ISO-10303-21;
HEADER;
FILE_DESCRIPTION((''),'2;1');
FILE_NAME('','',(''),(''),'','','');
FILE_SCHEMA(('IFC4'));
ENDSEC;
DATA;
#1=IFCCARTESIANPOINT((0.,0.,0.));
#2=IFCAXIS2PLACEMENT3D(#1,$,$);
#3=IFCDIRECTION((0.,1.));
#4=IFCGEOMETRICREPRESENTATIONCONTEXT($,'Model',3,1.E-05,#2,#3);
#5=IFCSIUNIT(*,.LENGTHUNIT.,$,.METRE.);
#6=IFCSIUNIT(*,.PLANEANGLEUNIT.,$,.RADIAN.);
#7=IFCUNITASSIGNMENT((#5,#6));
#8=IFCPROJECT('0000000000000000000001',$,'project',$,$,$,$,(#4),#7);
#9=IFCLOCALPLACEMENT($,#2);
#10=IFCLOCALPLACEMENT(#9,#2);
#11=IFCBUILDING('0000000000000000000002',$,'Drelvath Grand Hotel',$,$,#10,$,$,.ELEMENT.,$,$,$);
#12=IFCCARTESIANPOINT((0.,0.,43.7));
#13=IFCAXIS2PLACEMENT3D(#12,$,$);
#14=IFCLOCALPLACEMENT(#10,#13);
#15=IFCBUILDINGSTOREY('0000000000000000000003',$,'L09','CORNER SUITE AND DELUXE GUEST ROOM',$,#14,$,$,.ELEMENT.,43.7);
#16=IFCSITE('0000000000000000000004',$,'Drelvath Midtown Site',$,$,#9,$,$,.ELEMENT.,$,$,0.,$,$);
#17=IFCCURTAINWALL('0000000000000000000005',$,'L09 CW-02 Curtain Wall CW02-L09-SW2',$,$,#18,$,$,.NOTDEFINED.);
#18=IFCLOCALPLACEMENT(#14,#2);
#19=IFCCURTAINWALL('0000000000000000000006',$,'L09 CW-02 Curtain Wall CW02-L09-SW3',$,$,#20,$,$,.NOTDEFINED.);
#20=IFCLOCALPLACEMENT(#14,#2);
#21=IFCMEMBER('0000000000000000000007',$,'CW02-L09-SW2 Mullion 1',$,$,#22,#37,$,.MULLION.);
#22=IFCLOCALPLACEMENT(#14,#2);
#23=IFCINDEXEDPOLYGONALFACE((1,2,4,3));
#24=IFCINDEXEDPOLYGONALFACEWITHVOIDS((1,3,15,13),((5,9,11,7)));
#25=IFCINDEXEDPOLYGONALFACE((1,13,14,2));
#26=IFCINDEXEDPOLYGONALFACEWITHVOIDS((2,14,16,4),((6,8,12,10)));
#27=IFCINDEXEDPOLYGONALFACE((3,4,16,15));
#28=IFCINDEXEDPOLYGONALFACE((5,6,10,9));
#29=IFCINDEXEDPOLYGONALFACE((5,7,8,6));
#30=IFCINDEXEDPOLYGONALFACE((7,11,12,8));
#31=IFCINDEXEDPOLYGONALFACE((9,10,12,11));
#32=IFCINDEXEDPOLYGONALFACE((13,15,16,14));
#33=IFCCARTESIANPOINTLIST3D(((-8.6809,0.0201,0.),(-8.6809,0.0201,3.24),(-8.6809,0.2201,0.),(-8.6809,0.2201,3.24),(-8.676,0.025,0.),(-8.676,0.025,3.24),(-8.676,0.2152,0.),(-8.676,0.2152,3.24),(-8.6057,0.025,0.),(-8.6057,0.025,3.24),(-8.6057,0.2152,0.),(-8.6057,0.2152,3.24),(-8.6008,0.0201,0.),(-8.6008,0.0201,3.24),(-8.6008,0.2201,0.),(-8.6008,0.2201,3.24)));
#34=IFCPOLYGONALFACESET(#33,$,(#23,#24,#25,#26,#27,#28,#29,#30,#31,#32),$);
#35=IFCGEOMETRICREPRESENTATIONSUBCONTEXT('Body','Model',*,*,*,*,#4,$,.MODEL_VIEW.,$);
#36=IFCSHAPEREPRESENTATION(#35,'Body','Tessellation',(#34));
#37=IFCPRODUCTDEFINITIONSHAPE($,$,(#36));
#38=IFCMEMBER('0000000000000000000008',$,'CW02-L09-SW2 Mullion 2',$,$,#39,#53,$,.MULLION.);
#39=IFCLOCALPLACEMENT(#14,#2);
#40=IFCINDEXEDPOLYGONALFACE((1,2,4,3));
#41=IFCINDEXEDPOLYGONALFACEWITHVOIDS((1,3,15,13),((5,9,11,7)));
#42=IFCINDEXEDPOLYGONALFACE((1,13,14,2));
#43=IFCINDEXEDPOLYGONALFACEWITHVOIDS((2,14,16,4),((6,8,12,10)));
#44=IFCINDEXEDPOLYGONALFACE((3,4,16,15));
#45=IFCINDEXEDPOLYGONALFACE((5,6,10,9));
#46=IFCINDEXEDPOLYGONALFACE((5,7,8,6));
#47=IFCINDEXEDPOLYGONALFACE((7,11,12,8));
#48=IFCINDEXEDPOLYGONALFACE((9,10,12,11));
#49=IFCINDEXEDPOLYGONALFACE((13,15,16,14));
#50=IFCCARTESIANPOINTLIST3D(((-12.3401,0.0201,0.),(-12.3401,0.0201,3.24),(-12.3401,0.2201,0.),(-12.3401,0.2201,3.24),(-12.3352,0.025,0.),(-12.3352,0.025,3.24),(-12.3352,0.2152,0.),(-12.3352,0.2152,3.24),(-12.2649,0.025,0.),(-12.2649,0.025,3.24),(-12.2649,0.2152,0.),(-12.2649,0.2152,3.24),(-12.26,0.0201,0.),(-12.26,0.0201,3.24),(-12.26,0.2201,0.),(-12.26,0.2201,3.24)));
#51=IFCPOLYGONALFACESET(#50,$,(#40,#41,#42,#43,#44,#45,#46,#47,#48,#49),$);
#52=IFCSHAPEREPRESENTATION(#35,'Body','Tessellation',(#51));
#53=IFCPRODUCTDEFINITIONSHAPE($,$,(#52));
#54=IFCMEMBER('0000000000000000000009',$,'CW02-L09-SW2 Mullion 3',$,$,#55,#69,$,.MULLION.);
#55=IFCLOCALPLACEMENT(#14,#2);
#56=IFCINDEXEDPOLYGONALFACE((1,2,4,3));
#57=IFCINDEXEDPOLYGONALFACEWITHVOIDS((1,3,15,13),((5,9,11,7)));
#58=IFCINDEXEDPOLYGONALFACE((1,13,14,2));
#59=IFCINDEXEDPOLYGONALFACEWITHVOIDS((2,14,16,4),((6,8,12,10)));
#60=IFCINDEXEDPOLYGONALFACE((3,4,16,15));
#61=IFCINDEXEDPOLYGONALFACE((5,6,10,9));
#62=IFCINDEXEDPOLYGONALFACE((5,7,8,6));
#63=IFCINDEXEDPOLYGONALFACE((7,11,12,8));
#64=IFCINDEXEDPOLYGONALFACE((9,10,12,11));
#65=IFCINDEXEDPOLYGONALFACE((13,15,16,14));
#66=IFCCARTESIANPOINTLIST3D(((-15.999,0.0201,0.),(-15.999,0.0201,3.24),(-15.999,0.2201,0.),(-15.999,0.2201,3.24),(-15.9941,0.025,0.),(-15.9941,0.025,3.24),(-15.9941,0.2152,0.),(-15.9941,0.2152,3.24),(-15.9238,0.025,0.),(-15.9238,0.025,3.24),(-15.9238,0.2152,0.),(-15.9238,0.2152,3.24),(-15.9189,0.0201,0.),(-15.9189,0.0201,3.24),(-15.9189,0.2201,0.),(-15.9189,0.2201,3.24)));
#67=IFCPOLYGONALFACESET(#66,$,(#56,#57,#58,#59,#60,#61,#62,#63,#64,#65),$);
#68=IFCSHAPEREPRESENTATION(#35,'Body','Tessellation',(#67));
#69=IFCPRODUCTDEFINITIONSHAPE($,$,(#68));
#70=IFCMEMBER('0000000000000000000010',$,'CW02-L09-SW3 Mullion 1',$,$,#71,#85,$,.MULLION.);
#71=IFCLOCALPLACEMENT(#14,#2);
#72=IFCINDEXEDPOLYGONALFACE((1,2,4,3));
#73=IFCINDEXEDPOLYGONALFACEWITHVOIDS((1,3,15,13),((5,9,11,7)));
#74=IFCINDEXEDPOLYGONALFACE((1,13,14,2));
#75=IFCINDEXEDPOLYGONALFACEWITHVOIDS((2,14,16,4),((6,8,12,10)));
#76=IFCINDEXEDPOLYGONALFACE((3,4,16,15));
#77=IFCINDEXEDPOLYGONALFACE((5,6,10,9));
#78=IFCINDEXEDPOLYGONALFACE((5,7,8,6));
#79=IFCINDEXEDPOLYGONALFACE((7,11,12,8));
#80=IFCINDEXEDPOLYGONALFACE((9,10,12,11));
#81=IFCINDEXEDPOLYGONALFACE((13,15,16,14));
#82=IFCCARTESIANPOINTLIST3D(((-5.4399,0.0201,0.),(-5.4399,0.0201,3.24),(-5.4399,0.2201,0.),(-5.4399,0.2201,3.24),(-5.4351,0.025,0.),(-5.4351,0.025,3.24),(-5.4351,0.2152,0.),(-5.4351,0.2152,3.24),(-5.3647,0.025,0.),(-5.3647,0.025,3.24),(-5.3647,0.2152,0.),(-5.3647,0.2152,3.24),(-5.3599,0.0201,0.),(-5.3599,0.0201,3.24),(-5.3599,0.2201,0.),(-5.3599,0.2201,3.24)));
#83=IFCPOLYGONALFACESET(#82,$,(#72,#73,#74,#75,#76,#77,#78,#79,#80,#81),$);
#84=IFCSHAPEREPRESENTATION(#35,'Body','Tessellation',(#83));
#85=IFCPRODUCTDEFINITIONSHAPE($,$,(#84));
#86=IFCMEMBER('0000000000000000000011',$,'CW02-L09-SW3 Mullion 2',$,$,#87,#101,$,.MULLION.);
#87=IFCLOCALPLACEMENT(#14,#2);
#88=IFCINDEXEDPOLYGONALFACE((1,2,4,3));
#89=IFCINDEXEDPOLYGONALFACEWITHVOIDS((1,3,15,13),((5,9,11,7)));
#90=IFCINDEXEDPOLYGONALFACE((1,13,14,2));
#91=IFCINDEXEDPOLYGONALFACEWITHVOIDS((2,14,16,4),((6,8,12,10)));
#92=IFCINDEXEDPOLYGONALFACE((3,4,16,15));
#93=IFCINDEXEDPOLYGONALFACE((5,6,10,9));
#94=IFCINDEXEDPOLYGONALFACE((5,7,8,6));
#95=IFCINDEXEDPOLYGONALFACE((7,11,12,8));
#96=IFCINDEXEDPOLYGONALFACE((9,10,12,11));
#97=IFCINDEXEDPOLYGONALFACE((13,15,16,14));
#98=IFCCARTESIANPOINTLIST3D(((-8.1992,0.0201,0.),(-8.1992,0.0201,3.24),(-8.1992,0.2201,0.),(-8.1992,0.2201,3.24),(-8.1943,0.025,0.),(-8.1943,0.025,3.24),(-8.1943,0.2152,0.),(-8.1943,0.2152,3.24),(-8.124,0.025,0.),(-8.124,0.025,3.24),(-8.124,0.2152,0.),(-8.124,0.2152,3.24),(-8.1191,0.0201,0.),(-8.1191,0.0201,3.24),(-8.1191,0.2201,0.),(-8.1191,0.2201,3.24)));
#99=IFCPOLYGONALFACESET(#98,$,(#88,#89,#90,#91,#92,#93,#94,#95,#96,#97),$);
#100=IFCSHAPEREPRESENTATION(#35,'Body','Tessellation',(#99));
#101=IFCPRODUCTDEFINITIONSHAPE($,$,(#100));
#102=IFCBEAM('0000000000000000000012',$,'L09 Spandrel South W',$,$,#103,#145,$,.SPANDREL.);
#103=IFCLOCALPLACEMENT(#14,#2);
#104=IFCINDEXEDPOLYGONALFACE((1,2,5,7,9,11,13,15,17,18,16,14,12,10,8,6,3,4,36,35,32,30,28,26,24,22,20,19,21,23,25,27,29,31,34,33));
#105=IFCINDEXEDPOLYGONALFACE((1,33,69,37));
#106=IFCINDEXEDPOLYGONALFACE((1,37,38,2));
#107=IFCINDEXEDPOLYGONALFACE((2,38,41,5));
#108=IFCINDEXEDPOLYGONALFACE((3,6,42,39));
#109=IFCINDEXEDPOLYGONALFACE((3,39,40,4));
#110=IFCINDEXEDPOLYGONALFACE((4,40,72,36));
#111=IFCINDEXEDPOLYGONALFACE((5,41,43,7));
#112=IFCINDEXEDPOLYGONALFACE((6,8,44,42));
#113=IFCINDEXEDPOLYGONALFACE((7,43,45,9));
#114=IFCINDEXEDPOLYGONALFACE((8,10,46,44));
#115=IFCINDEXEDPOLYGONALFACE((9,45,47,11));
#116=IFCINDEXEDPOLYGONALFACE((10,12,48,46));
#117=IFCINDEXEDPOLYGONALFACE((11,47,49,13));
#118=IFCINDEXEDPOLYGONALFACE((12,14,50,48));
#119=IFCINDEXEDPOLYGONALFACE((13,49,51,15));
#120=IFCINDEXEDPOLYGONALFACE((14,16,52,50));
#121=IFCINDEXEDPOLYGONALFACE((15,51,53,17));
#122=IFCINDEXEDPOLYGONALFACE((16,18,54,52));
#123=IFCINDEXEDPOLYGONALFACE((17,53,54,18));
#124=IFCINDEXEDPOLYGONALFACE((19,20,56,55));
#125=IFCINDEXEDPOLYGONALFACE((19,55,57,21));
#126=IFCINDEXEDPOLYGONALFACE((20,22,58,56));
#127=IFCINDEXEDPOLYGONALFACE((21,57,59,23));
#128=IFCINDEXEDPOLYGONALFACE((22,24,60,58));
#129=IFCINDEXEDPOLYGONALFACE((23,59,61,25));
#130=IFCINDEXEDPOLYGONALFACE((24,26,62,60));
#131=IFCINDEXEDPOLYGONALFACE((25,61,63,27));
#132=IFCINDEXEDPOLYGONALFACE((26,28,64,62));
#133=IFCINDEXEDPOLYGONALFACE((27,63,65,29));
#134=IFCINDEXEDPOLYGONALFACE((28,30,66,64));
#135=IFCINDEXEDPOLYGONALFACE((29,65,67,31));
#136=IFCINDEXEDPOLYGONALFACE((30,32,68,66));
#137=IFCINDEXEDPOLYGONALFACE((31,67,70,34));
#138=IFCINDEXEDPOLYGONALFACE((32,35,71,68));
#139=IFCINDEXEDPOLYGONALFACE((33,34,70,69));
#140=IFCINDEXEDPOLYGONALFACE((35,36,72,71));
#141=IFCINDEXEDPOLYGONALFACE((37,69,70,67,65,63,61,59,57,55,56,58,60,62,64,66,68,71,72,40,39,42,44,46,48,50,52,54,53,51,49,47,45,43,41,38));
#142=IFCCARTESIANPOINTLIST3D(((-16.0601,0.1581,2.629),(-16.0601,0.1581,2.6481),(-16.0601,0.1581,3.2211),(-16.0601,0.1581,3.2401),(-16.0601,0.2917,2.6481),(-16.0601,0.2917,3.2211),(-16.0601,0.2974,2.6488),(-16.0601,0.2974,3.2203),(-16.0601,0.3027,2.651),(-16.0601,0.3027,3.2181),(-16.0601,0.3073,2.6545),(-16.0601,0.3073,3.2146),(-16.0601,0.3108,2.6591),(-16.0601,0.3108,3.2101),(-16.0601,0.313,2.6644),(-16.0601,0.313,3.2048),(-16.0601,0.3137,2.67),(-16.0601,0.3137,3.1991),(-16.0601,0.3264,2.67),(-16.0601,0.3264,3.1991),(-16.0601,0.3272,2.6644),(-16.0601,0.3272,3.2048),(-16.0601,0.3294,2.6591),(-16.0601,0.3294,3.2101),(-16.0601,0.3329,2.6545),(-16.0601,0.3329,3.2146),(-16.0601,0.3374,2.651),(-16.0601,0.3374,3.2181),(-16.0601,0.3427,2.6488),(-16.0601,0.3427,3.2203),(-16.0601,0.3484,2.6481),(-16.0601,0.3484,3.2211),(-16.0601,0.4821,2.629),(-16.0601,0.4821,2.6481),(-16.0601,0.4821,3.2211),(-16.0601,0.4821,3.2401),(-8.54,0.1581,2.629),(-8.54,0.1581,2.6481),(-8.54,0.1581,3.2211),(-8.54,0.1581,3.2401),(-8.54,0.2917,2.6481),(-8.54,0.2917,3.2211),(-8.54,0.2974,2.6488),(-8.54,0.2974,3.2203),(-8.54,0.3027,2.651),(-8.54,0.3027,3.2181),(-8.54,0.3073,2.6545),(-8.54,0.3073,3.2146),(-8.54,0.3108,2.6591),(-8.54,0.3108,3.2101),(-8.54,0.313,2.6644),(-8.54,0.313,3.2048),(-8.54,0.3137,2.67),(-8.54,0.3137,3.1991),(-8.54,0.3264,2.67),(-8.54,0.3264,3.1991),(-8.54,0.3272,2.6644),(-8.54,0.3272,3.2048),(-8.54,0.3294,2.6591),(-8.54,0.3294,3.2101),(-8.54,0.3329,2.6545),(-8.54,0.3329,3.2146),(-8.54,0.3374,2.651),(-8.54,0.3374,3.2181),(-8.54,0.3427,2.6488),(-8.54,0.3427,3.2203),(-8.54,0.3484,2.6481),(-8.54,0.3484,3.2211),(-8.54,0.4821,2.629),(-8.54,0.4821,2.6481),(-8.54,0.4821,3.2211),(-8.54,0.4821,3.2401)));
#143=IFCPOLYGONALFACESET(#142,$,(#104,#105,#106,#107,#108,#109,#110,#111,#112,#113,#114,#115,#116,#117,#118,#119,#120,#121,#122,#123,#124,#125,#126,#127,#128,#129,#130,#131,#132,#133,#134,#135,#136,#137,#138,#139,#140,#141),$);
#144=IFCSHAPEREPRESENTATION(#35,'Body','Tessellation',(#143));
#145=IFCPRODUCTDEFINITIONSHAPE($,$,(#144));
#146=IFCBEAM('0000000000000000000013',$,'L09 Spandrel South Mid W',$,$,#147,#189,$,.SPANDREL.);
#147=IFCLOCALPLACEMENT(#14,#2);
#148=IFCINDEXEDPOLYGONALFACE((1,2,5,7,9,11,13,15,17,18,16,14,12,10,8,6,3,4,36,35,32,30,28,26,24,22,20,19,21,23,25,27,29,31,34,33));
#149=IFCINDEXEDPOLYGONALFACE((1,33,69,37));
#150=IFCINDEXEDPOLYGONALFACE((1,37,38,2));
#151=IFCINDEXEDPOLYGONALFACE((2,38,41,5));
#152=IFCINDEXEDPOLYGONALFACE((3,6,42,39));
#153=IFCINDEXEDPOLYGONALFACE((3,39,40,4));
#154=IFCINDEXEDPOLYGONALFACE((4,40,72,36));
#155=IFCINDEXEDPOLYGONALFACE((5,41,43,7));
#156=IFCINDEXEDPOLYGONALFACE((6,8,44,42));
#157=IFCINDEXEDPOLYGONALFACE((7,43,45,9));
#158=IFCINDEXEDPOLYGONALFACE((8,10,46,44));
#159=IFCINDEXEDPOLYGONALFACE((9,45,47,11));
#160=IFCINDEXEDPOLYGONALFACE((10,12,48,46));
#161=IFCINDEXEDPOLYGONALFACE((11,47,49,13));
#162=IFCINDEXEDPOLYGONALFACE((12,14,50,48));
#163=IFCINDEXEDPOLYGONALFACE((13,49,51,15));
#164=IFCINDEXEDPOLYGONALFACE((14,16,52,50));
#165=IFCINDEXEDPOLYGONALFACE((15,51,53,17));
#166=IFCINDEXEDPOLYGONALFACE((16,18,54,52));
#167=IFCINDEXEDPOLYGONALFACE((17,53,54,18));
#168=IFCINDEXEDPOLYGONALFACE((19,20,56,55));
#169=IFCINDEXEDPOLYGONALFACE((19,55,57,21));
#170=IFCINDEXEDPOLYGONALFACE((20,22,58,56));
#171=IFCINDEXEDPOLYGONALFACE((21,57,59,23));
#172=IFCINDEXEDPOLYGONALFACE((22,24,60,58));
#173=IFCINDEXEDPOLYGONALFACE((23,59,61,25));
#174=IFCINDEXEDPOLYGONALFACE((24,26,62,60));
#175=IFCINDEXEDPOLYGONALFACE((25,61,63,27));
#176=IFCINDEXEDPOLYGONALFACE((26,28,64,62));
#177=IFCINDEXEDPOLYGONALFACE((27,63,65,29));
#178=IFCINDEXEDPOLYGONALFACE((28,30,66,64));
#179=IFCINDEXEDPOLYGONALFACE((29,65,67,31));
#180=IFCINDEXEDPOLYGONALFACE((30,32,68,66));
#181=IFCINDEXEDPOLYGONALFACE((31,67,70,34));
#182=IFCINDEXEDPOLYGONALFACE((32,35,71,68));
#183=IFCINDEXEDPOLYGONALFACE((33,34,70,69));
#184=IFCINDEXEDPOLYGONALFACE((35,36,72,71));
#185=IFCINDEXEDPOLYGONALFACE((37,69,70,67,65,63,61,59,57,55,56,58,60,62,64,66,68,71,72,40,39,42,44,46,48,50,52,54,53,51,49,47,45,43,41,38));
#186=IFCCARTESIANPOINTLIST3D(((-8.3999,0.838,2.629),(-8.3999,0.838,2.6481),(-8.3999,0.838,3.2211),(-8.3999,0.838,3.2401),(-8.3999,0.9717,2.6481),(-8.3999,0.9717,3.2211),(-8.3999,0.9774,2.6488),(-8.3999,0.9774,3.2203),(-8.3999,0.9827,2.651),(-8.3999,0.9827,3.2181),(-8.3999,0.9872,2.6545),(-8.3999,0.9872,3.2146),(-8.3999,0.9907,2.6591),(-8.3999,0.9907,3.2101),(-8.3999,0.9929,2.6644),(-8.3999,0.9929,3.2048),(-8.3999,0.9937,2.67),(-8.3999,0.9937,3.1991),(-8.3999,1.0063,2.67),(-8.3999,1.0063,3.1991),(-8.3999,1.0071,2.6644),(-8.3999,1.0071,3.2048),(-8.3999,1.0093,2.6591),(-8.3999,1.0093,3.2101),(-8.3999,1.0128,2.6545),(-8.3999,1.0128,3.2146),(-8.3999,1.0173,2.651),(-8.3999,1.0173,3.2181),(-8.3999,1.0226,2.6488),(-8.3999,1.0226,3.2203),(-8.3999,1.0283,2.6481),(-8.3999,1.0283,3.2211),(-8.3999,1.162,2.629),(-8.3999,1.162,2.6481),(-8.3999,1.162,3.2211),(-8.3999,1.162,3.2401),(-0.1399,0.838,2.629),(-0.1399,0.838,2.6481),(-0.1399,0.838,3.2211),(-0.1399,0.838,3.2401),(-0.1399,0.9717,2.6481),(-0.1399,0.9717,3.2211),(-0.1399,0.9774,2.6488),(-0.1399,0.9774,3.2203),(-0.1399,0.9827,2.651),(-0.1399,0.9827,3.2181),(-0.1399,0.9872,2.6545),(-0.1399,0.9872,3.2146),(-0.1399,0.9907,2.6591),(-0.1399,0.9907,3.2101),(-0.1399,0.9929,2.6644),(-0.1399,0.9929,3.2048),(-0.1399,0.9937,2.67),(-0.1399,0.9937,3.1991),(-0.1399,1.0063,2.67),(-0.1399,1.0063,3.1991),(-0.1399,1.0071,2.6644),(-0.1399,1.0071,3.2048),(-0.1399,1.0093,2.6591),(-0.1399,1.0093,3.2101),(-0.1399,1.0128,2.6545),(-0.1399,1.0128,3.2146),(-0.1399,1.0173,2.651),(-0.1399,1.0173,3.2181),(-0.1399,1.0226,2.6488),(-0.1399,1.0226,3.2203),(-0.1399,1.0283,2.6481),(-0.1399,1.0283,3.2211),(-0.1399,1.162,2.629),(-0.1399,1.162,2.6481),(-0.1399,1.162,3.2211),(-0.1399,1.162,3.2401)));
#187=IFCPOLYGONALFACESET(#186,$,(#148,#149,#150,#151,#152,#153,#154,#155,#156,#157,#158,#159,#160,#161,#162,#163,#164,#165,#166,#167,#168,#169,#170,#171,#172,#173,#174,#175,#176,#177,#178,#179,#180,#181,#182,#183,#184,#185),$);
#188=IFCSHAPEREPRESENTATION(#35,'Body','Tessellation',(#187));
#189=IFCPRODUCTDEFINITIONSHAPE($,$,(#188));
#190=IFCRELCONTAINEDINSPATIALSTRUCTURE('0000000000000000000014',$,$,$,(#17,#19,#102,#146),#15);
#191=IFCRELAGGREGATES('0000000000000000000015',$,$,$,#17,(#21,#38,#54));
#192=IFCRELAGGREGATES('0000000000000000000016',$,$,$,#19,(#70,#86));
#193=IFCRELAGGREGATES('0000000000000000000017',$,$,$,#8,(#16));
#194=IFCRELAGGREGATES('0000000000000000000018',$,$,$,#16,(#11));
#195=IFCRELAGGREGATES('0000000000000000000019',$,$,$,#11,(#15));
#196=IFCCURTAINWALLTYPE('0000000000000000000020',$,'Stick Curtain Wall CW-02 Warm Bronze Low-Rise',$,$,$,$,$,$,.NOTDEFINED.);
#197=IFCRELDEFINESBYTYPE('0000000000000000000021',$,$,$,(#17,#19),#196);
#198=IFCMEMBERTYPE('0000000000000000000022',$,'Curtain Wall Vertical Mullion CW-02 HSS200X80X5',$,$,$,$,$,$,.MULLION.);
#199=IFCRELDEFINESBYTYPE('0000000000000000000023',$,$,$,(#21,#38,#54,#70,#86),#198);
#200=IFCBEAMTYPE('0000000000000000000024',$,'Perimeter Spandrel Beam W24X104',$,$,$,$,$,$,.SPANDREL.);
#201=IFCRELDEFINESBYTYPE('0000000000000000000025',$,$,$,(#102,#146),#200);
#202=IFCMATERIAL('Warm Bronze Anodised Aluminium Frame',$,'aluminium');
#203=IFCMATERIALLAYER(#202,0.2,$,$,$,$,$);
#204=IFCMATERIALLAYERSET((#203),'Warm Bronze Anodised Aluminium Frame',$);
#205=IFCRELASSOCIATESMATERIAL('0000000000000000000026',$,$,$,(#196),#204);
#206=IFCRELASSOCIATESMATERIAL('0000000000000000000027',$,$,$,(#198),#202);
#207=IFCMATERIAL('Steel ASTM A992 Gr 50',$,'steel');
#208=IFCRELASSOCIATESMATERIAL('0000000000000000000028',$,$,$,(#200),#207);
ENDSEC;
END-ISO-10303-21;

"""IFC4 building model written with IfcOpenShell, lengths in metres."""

from ifc_helpers import new_model, si_unit, direction, frame, origin, origin_2d, place, context, subcontext, project, spatial, hollow_rectangle, i_section, extrude, material, layer, layer_set, material_profile, profile_set, type_object, element, aggregate, save


model = new_model("IFC4")

# Units and contexts
model_context = context("Model", 3, precision=1e-05, world=origin(), true_north=direction((0.0, 1.0)))
body_context = subcontext(model_context, "Body", "Model", "MODEL_VIEW")
ifc_project = project(units=[si_unit("LENGTHUNIT", "METRE"), si_unit("PLANEANGLEUNIT", "RADIAN")], contexts=[model_context])

# Site, building, storey
site_placement = place(None, origin())
site = spatial("IfcSite", under=ifc_project, at=site_placement, Name="Drelvath Midtown Site", CompositionType="ELEMENT", RefElevation=0.0)
building_placement = place(site_placement, origin())
building = spatial("IfcBuilding", under=site, at=building_placement, Name="Drelvath Grand Hotel", CompositionType="ELEMENT")
storey_placement = place(building_placement, frame((0.0, 0.0, 43.7)))
storey = spatial("IfcBuildingStorey", under=building, at=storey_placement, Name="L09", Description="CORNER SUITE AND DELUXE GUEST ROOM", CompositionType="ELEMENT", Elevation=43.7)

# Curtain walls
ifc_material_1 = material(Name="Warm Bronze Anodised Aluminium Frame", Category="aluminium")
ifc_layer_1 = layer(ifc_material_1, 0.2)
ifc_layer_set_1 = layer_set([ifc_layer_1], Name="Warm Bronze Anodised Aluminium Frame")
curtain_wall_type = type_object("IfcCurtainWallType", Name="Stick Curtain Wall CW-02 Warm Bronze Low-Rise", PredefinedType="NOTDEFINED", material=ifc_layer_set_1)
curtain_wall_1_placement = place(storey_placement, origin())
curtain_wall_1 = element("IfcCurtainWall", 1, at=curtain_wall_1_placement, inside=storey, type_object=curtain_wall_type, Name="L09 CW-02 Curtain Wall CW02-L09-SW2", PredefinedType="NOTDEFINED")
curtain_wall_2_placement = place(storey_placement, origin())
curtain_wall_2 = element("IfcCurtainWall", 2, at=curtain_wall_2_placement, inside=storey, type_object=curtain_wall_type, Name="L09 CW-02 Curtain Wall CW02-L09-SW3", PredefinedType="NOTDEFINED")

# Members
ifc_material_profile_1 = material_profile(ifc_material_1, hollow_rectangle(XDim=0.0801, YDim=0.2, WallThickness=0.0049, at=origin_2d()), Name="HSS200X80X5")
ifc_profile_set_1 = profile_set([ifc_material_profile_1], Name="Warm Bronze Anodised Aluminium Frame")
member_type_1 = type_object("IfcMemberType", Name="Curtain Wall Vertical Mullion CW-02 HSS200X80X5", PredefinedType="MULLION", material=ifc_profile_set_1)
member_1_placement = place(storey_placement, frame((-8.6409, 0.1201, 0.0), z_axis=(0.0, 0.0, 1.0), x_axis=(1.0, 0.0, 0.0)))
member_1 = element("IfcMember", 3, at=member_1_placement, type_object=member_type_1, Name="CW02-L09-SW2 Mullion 1", PredefinedType="MULLION", context=body_context, shape_type="SweptSolid", body=[
    extrude(hollow_rectangle(XDim=0.0801, YDim=0.2, WallThickness=0.0049, at=origin_2d()), origin(), (0.0, 0.0, 1.0), 3.24),
])
member_2_placement = place(storey_placement, frame((-12.3, 0.1201, 0.0), z_axis=(0.0, 0.0, 1.0), x_axis=(1.0, 0.0, 0.0)))
member_2 = element("IfcMember", 4, at=member_2_placement, type_object=member_type_1, Name="CW02-L09-SW2 Mullion 2", PredefinedType="MULLION", context=body_context, shape_type="SweptSolid", body=[
    extrude(hollow_rectangle(XDim=0.0801, YDim=0.2, WallThickness=0.0049, at=origin_2d()), origin(), (0.0, 0.0, 1.0), 3.24),
])
member_3_placement = place(storey_placement, frame((-15.959, 0.1201, 0.0), z_axis=(0.0, 0.0, 1.0), x_axis=(1.0, 0.0, 0.0)))
member_3 = element("IfcMember", 5, at=member_3_placement, type_object=member_type_1, Name="CW02-L09-SW2 Mullion 3", PredefinedType="MULLION", context=body_context, shape_type="SweptSolid", body=[
    extrude(hollow_rectangle(XDim=0.0801, YDim=0.2, WallThickness=0.0049, at=origin_2d()), origin(), (0.0, 0.0, 1.0), 3.24),
])
member_4_placement = place(storey_placement, frame((-5.3999, 0.1201, 0.0), z_axis=(0.0, 0.0, 1.0), x_axis=(1.0, 0.0, 0.0)))
member_4 = element("IfcMember", 6, at=member_4_placement, type_object=member_type_1, Name="CW02-L09-SW3 Mullion 1", PredefinedType="MULLION", context=body_context, shape_type="SweptSolid", body=[
    extrude(hollow_rectangle(XDim=0.0801, YDim=0.2, WallThickness=0.0049, at=origin_2d()), origin(), (0.0, 0.0, 1.0), 3.24),
])
member_5_placement = place(storey_placement, frame((-8.1592, 0.1201, 0.0), z_axis=(0.0, 0.0, 1.0), x_axis=(1.0, 0.0, 0.0)))
member_5 = element("IfcMember", 7, at=member_5_placement, type_object=member_type_1, Name="CW02-L09-SW3 Mullion 2", PredefinedType="MULLION", context=body_context, shape_type="SweptSolid", body=[
    extrude(hollow_rectangle(XDim=0.0801, YDim=0.2, WallThickness=0.0049, at=origin_2d()), origin(), (0.0, 0.0, 1.0), 3.24),
])

# Beams
ifc_material_2 = material(Name="Steel ASTM A992 Gr 50", Category="steel")
ifc_material_profile_2 = material_profile(ifc_material_2, i_section(OverallWidth=0.324, OverallDepth=0.6111, WebThickness=0.0127, FlangeThickness=0.019, FilletRadius=0.022, at=origin_2d()), Name="W24X104")
ifc_profile_set_2 = profile_set([ifc_material_profile_2], Name="Steel ASTM A992 Gr 50")
beam_type_1 = type_object("IfcBeamType", Name="Perimeter Spandrel Beam W24X104", PredefinedType="SPANDREL", material=ifc_profile_set_2)
beam_1_placement = place(storey_placement, frame((-16.0601, 0.3201, 2.9346), z_axis=(1.0, 0.0, 0.0), x_axis=(0.0, 1.0, 0.0)))
element("IfcBeam", 8, at=beam_1_placement, inside=storey, type_object=beam_type_1, Name="L09 Spandrel South W", PredefinedType="SPANDREL", context=body_context, shape_type="SweptSolid", body=[
    extrude(i_section(OverallWidth=0.324, OverallDepth=0.6111, WebThickness=0.0127, FlangeThickness=0.019, FilletRadius=0.022, at=origin_2d()), origin(), (0.0, 0.0, 1.0), 7.52),
])
beam_2_placement = place(storey_placement, frame((-8.3999, 1.0, 2.9346), z_axis=(1.0, 0.0, 0.0), x_axis=(0.0, 1.0, 0.0)))
element("IfcBeam", 9, at=beam_2_placement, inside=storey, type_object=beam_type_1, Name="L09 Spandrel South Mid W", PredefinedType="SPANDREL", context=body_context, shape_type="SweptSolid", body=[
    extrude(i_section(OverallWidth=0.324, OverallDepth=0.6111, WebThickness=0.0127, FlangeThickness=0.019, FilletRadius=0.022, at=origin_2d()), origin(), (0.0, 0.0, 1.0), 8.26),
])

aggregate(curtain_wall_1, [member_1, member_2, member_3])
aggregate(curtain_wall_2, [member_4, member_5])

save(model, "model.ifc")
